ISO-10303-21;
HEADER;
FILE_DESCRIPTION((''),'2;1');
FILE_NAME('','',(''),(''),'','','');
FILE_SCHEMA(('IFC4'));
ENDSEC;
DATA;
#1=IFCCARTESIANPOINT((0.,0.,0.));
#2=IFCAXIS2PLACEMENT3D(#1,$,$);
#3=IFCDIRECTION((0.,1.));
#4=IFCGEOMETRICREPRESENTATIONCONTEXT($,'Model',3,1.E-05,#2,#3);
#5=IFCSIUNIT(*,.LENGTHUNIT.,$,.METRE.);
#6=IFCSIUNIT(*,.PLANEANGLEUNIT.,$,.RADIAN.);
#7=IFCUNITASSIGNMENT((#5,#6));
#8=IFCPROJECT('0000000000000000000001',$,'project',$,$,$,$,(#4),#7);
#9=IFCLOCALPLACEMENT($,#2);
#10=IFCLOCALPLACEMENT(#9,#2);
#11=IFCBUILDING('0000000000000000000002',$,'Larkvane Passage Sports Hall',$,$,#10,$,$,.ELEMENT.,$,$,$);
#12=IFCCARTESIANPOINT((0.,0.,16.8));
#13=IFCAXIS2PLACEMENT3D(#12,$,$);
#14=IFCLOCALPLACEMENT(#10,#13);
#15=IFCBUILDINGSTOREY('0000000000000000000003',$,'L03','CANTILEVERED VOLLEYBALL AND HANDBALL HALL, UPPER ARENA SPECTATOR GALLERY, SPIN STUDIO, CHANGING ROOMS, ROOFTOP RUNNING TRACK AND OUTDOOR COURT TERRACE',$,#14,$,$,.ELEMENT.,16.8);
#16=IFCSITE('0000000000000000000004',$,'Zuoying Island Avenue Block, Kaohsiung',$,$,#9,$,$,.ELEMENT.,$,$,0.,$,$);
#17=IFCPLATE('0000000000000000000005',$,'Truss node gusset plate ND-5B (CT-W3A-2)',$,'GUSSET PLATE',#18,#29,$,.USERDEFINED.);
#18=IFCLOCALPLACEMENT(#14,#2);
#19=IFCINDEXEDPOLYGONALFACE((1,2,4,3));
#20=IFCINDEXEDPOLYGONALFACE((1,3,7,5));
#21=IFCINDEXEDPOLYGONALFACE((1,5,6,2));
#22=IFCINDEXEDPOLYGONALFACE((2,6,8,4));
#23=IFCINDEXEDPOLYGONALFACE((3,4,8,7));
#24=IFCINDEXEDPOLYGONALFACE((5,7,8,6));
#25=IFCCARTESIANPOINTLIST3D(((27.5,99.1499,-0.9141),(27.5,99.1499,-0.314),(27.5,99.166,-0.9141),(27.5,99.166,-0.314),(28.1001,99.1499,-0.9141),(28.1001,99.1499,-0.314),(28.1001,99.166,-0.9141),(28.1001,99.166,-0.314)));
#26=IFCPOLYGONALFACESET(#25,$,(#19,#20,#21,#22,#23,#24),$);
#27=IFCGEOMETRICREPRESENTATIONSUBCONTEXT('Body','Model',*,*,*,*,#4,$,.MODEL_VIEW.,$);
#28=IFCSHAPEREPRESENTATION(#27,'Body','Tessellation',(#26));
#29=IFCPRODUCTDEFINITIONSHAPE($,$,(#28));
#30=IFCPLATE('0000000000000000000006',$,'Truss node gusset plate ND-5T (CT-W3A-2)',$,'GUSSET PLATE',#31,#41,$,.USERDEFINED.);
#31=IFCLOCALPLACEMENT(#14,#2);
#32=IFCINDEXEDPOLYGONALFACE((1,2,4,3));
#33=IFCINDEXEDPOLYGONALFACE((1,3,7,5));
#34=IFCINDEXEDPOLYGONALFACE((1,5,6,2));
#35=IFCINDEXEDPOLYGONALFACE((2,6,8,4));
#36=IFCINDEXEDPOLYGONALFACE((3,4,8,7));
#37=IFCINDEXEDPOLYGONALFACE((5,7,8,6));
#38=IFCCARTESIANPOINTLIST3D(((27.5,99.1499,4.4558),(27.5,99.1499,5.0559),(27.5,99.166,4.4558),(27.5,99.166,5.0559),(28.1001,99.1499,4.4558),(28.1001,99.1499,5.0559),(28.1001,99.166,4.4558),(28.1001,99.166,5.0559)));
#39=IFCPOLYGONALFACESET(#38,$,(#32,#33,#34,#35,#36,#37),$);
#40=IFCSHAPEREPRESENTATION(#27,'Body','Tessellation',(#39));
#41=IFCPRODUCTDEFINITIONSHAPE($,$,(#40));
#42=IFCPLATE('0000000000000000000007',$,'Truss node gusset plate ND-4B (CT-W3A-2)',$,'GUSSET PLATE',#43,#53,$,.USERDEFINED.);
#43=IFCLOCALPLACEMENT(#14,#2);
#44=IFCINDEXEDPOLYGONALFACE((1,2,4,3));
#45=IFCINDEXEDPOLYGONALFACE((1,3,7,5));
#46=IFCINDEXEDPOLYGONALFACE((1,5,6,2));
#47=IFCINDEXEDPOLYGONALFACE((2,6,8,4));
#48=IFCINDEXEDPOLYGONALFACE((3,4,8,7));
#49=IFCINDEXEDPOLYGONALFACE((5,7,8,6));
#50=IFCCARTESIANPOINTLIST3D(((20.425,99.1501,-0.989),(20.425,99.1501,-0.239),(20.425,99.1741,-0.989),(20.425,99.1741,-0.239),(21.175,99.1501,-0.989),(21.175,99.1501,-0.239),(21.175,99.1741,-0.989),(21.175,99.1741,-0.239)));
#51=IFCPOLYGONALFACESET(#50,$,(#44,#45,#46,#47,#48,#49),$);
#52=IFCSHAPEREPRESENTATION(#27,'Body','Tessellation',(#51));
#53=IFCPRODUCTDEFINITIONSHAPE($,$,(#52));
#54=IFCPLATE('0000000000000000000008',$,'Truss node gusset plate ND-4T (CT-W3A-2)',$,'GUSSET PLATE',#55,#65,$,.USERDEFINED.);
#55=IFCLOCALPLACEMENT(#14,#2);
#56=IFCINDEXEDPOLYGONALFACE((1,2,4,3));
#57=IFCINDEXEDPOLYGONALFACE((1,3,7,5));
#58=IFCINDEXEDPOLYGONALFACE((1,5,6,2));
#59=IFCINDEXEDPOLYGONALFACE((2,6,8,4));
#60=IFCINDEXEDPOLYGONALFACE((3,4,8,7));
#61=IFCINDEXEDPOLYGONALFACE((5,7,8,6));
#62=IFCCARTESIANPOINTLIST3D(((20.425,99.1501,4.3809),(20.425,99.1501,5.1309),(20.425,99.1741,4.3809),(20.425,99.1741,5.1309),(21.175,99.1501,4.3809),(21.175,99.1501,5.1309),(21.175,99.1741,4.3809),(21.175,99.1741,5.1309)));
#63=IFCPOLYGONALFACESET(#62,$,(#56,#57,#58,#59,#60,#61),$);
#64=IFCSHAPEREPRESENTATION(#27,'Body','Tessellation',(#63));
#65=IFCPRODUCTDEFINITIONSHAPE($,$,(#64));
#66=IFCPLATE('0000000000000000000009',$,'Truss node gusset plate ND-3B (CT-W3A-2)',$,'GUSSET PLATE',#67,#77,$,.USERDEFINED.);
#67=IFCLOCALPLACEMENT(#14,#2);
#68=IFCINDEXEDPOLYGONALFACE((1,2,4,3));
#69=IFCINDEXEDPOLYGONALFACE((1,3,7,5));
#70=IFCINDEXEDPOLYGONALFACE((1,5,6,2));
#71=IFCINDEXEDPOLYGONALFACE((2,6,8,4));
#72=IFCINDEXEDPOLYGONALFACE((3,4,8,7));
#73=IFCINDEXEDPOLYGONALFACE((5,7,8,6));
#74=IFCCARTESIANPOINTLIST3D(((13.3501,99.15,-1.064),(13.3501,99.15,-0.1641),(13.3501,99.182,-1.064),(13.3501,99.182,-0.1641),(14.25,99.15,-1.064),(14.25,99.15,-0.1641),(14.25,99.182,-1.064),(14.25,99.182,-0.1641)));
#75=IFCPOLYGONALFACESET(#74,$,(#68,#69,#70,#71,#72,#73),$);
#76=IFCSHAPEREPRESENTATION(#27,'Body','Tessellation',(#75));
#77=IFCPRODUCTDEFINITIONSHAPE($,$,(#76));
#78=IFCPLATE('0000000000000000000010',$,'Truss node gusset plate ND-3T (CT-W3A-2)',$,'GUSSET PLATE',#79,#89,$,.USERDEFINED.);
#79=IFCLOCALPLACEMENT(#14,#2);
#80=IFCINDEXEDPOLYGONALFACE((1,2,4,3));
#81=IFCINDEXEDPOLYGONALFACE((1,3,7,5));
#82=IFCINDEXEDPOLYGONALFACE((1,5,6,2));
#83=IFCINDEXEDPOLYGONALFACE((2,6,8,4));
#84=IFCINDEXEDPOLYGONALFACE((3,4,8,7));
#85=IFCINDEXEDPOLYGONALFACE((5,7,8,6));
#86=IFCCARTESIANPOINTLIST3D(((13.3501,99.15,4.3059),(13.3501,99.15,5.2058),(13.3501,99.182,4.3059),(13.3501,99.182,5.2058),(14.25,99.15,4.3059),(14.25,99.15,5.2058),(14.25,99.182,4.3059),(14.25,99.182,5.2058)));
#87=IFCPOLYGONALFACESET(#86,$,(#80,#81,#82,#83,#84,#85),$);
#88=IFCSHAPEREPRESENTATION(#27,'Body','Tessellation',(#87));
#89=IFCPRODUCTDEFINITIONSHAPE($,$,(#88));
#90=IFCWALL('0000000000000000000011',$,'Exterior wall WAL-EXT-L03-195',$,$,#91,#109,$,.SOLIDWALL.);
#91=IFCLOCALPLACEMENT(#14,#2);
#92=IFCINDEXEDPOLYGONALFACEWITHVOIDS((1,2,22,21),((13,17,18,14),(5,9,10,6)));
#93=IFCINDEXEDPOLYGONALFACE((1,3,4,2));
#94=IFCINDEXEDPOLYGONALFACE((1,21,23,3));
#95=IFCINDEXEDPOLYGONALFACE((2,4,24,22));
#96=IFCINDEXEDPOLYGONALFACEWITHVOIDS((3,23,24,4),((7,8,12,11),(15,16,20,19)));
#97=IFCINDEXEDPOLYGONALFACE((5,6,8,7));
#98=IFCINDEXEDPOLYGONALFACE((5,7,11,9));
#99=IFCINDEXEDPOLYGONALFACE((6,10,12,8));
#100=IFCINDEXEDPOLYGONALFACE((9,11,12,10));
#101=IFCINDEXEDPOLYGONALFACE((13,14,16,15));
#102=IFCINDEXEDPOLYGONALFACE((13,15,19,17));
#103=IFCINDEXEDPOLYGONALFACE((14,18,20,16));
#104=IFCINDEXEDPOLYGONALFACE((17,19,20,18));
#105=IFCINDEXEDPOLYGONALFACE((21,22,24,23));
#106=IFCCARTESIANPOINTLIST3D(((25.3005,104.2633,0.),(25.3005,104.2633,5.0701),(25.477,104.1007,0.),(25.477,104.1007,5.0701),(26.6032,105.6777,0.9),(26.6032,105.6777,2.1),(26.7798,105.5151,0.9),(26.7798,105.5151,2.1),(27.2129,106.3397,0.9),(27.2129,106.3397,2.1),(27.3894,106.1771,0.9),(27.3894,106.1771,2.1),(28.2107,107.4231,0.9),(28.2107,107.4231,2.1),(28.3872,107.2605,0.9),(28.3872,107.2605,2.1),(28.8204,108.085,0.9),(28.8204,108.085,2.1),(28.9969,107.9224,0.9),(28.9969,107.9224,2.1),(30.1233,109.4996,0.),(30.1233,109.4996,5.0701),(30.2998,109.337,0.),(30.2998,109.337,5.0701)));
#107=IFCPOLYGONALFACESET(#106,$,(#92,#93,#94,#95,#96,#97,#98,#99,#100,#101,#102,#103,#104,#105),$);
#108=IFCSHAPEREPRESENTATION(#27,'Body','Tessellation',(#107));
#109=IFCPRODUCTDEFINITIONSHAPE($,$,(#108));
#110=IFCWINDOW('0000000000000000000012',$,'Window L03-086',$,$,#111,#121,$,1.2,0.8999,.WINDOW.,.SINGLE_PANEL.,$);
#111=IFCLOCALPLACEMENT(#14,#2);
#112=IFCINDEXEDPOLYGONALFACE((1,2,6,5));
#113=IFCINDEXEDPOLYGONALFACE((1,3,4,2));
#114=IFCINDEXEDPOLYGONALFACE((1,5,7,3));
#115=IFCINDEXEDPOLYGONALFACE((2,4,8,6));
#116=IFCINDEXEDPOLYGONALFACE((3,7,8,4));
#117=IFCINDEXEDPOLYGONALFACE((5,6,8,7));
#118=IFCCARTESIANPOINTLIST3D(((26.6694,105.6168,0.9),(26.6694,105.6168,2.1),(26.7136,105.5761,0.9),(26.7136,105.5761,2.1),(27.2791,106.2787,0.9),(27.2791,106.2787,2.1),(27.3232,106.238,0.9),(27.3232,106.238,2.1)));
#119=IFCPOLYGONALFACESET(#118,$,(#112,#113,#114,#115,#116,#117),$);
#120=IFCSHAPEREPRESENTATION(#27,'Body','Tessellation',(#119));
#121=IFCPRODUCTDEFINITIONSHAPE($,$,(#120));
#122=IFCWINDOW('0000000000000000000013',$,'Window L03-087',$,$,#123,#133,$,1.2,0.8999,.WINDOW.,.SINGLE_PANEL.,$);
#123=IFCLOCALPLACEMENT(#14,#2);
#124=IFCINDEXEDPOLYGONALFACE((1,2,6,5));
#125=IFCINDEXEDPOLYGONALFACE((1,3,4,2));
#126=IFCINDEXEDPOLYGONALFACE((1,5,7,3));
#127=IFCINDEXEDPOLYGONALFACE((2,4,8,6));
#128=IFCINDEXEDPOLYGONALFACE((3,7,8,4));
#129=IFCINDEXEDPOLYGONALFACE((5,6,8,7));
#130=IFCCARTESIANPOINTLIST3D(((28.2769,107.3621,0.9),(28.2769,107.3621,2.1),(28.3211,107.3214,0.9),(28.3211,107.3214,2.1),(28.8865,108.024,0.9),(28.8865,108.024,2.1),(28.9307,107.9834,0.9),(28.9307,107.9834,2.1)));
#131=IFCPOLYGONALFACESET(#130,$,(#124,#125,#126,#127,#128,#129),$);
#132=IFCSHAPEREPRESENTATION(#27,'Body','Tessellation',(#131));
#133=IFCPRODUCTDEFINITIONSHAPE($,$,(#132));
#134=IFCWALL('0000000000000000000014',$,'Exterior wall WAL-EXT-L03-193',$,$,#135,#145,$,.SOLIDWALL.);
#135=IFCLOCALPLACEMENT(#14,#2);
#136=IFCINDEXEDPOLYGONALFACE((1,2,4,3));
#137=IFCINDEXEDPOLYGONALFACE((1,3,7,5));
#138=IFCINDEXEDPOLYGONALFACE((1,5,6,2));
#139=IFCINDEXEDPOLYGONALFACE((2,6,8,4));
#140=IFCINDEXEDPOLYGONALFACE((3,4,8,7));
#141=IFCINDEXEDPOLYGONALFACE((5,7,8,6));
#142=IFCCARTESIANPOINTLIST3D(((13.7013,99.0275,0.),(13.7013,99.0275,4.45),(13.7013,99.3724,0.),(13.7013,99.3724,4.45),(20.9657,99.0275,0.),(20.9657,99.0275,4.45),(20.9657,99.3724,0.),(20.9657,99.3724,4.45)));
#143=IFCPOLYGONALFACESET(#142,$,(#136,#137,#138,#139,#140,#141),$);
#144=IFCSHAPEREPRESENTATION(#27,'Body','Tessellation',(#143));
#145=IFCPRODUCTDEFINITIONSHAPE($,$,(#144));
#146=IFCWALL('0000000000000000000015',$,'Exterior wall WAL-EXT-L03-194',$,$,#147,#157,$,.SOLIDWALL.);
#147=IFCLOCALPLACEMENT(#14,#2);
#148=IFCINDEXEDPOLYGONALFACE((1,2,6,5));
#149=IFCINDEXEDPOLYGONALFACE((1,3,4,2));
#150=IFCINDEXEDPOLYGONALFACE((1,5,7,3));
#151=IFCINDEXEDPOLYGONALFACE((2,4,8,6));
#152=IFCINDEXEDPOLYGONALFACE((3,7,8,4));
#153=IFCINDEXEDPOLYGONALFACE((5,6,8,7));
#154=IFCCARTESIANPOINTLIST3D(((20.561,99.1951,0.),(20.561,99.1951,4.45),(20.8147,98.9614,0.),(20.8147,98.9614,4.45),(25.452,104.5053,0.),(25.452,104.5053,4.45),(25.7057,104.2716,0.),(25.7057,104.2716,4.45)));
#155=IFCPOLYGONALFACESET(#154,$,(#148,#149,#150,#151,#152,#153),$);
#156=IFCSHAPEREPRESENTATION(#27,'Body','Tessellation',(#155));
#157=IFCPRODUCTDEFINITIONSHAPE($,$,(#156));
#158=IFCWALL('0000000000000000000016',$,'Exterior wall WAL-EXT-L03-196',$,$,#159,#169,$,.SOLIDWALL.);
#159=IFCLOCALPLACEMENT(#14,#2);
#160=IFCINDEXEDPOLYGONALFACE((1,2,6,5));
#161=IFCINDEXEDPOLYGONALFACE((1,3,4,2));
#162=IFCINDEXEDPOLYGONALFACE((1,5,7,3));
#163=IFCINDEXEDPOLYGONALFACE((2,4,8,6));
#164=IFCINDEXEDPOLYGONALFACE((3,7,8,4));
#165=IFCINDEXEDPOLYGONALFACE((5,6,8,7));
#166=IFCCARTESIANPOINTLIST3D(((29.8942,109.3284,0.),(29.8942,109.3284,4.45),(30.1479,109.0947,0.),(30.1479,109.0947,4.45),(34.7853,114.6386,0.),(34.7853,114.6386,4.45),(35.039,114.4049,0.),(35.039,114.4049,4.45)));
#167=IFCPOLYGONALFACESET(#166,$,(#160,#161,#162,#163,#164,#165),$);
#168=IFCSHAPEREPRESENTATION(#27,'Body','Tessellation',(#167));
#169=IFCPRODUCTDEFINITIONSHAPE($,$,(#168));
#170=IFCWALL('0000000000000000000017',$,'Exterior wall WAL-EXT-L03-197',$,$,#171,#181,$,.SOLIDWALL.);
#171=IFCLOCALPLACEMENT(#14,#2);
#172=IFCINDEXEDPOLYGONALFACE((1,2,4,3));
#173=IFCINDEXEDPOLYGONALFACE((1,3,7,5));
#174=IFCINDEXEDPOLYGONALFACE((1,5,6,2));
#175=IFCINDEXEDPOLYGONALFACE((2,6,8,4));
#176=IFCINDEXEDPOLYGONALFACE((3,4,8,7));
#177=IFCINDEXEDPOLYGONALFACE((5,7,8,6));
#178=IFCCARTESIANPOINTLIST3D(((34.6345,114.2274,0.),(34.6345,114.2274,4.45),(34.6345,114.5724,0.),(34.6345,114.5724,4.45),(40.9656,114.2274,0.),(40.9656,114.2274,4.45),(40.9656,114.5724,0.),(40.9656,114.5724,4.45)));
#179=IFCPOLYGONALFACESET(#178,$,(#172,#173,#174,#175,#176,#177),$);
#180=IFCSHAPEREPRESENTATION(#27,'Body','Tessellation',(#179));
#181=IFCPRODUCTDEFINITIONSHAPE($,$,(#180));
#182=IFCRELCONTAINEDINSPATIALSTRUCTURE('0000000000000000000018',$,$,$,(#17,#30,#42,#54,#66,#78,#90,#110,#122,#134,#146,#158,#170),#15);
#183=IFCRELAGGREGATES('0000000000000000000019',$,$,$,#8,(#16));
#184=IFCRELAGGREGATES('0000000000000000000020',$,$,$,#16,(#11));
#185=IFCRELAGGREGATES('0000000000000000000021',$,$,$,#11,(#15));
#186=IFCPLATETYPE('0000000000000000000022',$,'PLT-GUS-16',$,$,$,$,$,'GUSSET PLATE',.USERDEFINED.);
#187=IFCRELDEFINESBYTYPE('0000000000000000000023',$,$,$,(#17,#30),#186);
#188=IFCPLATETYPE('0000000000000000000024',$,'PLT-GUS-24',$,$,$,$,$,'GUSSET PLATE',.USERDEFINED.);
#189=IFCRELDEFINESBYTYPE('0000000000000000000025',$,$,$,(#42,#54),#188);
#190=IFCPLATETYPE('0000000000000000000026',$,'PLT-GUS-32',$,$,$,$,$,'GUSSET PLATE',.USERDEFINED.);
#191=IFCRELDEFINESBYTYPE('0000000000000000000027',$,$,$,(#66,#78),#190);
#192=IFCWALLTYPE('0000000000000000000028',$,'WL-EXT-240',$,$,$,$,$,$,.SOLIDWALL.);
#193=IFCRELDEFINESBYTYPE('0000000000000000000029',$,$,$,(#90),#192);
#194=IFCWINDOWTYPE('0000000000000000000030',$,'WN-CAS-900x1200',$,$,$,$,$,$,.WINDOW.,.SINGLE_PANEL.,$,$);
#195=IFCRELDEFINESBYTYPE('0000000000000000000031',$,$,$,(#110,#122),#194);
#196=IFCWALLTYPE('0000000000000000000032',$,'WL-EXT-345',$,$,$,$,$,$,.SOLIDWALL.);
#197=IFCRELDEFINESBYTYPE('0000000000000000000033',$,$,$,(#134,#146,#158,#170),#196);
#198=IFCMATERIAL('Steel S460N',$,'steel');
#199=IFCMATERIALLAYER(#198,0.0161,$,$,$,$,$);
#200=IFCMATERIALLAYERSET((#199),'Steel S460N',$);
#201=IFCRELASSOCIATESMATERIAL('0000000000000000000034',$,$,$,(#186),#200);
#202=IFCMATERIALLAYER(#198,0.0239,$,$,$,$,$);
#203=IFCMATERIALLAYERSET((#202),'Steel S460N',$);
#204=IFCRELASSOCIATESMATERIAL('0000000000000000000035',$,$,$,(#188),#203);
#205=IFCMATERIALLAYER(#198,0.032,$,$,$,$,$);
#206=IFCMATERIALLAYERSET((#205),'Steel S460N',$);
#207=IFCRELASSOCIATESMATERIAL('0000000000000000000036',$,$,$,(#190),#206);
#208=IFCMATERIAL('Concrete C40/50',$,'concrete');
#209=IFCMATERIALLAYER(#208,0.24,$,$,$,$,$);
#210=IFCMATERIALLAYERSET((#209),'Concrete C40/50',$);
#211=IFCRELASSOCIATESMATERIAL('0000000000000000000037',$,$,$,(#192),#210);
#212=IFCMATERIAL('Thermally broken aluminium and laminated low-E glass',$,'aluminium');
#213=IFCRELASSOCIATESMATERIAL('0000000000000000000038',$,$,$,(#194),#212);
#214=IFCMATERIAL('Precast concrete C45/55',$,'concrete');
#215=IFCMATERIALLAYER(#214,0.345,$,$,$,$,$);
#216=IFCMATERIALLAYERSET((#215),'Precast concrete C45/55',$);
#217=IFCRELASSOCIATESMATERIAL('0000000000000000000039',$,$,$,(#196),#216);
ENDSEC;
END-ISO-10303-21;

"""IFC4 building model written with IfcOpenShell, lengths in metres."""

from ifc_helpers import new_model, si_unit, direction, frame, frame_2d, origin, origin_2d, place, context, subcontext, project, spatial, rectangle, extrude, material, layer, layer_set, type_object, element, fill, save


model = new_model("IFC4")

# Units and contexts
model_context = context("Model", 3, precision=1e-05, world=origin(), true_north=direction((0.0, 1.0)))
body_context = subcontext(model_context, "Body", "Model", "MODEL_VIEW")
ifc_project = project(units=[si_unit("LENGTHUNIT", "METRE"), si_unit("PLANEANGLEUNIT", "RADIAN")], contexts=[model_context])

# Site, building, storey
site_placement = place(None, origin())
site = spatial("IfcSite", under=ifc_project, at=site_placement, Name="Zuoying Island Avenue Block, Kaohsiung", CompositionType="ELEMENT", RefElevation=0.0)
building_placement = place(site_placement, origin())
building = spatial("IfcBuilding", under=site, at=building_placement, Name="Larkvane Passage Sports Hall", CompositionType="ELEMENT")
storey_placement = place(building_placement, frame((0.0, 0.0, 16.8)))
storey = spatial("IfcBuildingStorey", under=building, at=storey_placement, Name="L03", Description="CANTILEVERED VOLLEYBALL AND HANDBALL HALL, UPPER ARENA SPECTATOR GALLERY, SPIN STUDIO, CHANGING ROOMS, ROOFTOP RUNNING TRACK AND OUTDOOR COURT TERRACE", CompositionType="ELEMENT", Elevation=16.8)

# Shared definitions
ifc_material_1 = material(Name="Steel S460N", Category="steel")

# Plates
ifc_layer_1 = layer(ifc_material_1, 0.0161)
ifc_layer_set_1 = layer_set([ifc_layer_1], Name="Steel S460N")
plate_type_1 = type_object("IfcPlateType", Name="PLT-GUS-16", ElementType="GUSSET PLATE", PredefinedType="USERDEFINED", material=ifc_layer_set_1)
for number, where, z_axis, x_axis, name in (
    (1, (27.8, 99.158, -0.9141), (0.0, 0.0, 1.0), (1.0, 0.0, 0.0), "Truss node gusset plate ND-5B (CT-W3A-2)"),
    (2, (27.8, 99.158, 4.4558), (0.0, 0.0, 1.0), (1.0, 0.0, 0.0), "Truss node gusset plate ND-5T (CT-W3A-2)"),
):
    element("IfcPlate", number, at=place(storey_placement, frame(where, z_axis=z_axis, x_axis=x_axis)), inside=storey, type_object=plate_type_1, Name=name, ObjectType="GUSSET PLATE", PredefinedType="USERDEFINED", context=body_context, shape_type="SweptSolid", body=[
        extrude(rectangle(XDim=0.6001, YDim=0.0161, at=origin_2d()), origin(), (0.0, 0.0, 1.0), 0.6001),
    ])
ifc_layer_2 = layer(ifc_material_1, 0.0239)
ifc_layer_set_2 = layer_set([ifc_layer_2], Name="Steel S460N")
plate_type_2 = type_object("IfcPlateType", Name="PLT-GUS-24", ElementType="GUSSET PLATE", PredefinedType="USERDEFINED", material=ifc_layer_set_2)
for number, where, z_axis, x_axis, name in (
    (3, (20.8, 99.1621, -0.989), (0.0, 0.0, 1.0), (1.0, 0.0, 0.0), "Truss node gusset plate ND-4B (CT-W3A-2)"),
    (4, (20.8, 99.1621, 4.3809), (0.0, 0.0, 1.0), (1.0, 0.0, 0.0), "Truss node gusset plate ND-4T (CT-W3A-2)"),
):
    element("IfcPlate", number, at=place(storey_placement, frame(where, z_axis=z_axis, x_axis=x_axis)), inside=storey, type_object=plate_type_2, Name=name, ObjectType="GUSSET PLATE", PredefinedType="USERDEFINED", context=body_context, shape_type="SweptSolid", body=[
        extrude(rectangle(XDim=0.75, YDim=0.0239, at=origin_2d()), origin(), (0.0, 0.0, 1.0), 0.75),
    ])
ifc_layer_3 = layer(ifc_material_1, 0.032)
ifc_layer_set_3 = layer_set([ifc_layer_3], Name="Steel S460N")
plate_type_3 = type_object("IfcPlateType", Name="PLT-GUS-32", ElementType="GUSSET PLATE", PredefinedType="USERDEFINED", material=ifc_layer_set_3)
for number, where, z_axis, x_axis, name in (
    (5, (13.8, 99.166, -1.064), (0.0, 0.0, 1.0), (1.0, 0.0, 0.0), "Truss node gusset plate ND-3B (CT-W3A-2)"),
    (6, (13.8, 99.166, 4.3059), (0.0, 0.0, 1.0), (1.0, 0.0, 0.0), "Truss node gusset plate ND-3T (CT-W3A-2)"),
):
    element("IfcPlate", number, at=place(storey_placement, frame(where, z_axis=z_axis, x_axis=x_axis)), inside=storey, type_object=plate_type_3, Name=name, ObjectType="GUSSET PLATE", PredefinedType="USERDEFINED", context=body_context, shape_type="SweptSolid", body=[
        extrude(rectangle(XDim=0.8999, YDim=0.032, at=origin_2d()), origin(), (0.0, 0.0, 1.0), 0.8999),
    ])

# Wall, openings, windows
ifc_material_2 = material(Name="Concrete C40/50", Category="concrete")
ifc_layer_4 = layer(ifc_material_2, 0.24)
ifc_layer_set_4 = layer_set([ifc_layer_4], Name="Concrete C40/50")
wall_type_1 = type_object("IfcWallType", Name="WL-EXT-240", PredefinedType="SOLIDWALL", material=ifc_layer_set_4)
wall_1_placement = place(storey_placement, frame((25.3887, 104.1819, 0.0), z_axis=(0.0, 0.0, 1.0), x_axis=(0.677462, 0.735558, 0.0)))
wall_1 = element("IfcWall", 7, at=wall_1_placement, inside=storey, type_object=wall_type_1, Name="Exterior wall WAL-EXT-L03-195", PredefinedType="SOLIDWALL", context=body_context, shape_type="SweptSolid", body=[
    extrude(rectangle(XDim=7.1189, YDim=0.24, at=frame_2d((3.5596, 0.0))), origin(), (0.0, 0.0, 1.0), 5.0701),
])
opening_1_placement = place(wall_1_placement, frame((1.9231, 0.0, 0.8999)))
opening_1 = element("IfcOpeningElement", 8, at=opening_1_placement, cuts=wall_1, PredefinedType="OPENING", context=body_context, shape_type="SweptSolid", body=[
    extrude(rectangle(XDim=0.8999, YDim=1.2, at=frame_2d((0.45, 0.6001))), frame((0.0, 0.1299, 0.0), z_axis=(0.0, -1.0, 0.0), x_axis=(1.0, 0.0, 0.0)), (0.0, 0.0, 1.0), 0.26),
])
opening_2_placement = place(wall_1_placement, frame((4.2959, 0.0, 0.8999)))
opening_2 = element("IfcOpeningElement", 9, at=opening_2_placement, cuts=wall_1, PredefinedType="OPENING", context=body_context, shape_type="SweptSolid", body=[
    extrude(rectangle(XDim=0.8999, YDim=1.2, at=frame_2d((0.45, 0.6001))), frame((0.0, 0.1299, 0.0), z_axis=(0.0, -1.0, 0.0), x_axis=(1.0, 0.0, 0.0)), (0.0, 0.0, 1.0), 0.26),
])
ifc_material_3 = material(Name="Thermally broken aluminium and laminated low-E glass", Category="aluminium")
window_type = type_object("IfcWindowType", Name="WN-CAS-900x1200", PartitioningType="SINGLE_PANEL", PredefinedType="WINDOW", material=ifc_material_3)
window_1_placement = place(opening_1_placement, origin())
window_1 = element("IfcWindow", 10, at=window_1_placement, inside=storey, type_object=window_type, Name="Window L03-086", OverallHeight=1.2, OverallWidth=0.8999, PartitioningType="SINGLE_PANEL", PredefinedType="WINDOW", context=body_context, shape_type="SweptSolid", body=[
    extrude(rectangle(XDim=0.8999, YDim=1.2, at=frame_2d((0.45, 0.6001))), frame((0.0, 0.03, 0.0), z_axis=(0.0, -1.0, 0.0), x_axis=(1.0, 0.0, 0.0)), (0.0, 0.0, 1.0), 0.0601),
])
fill(opening_1, window_1)
window_2_placement = place(opening_2_placement, origin())
window_2 = element("IfcWindow", 11, at=window_2_placement, inside=storey, type_object=window_type, Name="Window L03-087", OverallHeight=1.2, OverallWidth=0.8999, PartitioningType="SINGLE_PANEL", PredefinedType="WINDOW", context=body_context, shape_type="SweptSolid", body=[
    extrude(rectangle(XDim=0.8999, YDim=1.2, at=frame_2d((0.45, 0.6001))), frame((0.0, 0.03, 0.0), z_axis=(0.0, -1.0, 0.0), x_axis=(1.0, 0.0, 0.0)), (0.0, 0.0, 1.0), 0.0601),
])
fill(opening_2, window_2)

# Walls
ifc_material_4 = material(Name="Precast concrete C45/55", Category="concrete")
ifc_layer_5 = layer(ifc_material_4, 0.345)
ifc_layer_set_5 = layer_set([ifc_layer_5], Name="Precast concrete C45/55")
wall_type_2 = type_object("IfcWallType", Name="WL-EXT-345", PredefinedType="SOLIDWALL", material=ifc_layer_set_5)
wall_2_placement = place(storey_placement, frame((13.7012, 99.2, 0.0), z_axis=(0.0, 0.0, 1.0), x_axis=(1.0, 0.0, 0.0)))
element("IfcWall", 12, at=wall_2_placement, inside=storey, type_object=wall_type_2, Name="Exterior wall WAL-EXT-L03-193", PredefinedType="SOLIDWALL", context=body_context, shape_type="SweptSolid", body=[
    extrude(rectangle(XDim=7.2644, YDim=0.345, at=frame_2d((3.6323, 0.0))), origin(), (0.0, 0.0, 1.0), 4.45),
])
for number, where, z_axis, x_axis, name in (
    (13, (20.6877, 99.0781, 0.0), (0.0, 0.0, 1.0), (0.677479, 0.735542, 0.0), "Exterior wall WAL-EXT-L03-194"),
    (14, (30.021, 109.2114, 0.0), (0.0, 0.0, 1.0), (0.677479, 0.735542, 0.0), "Exterior wall WAL-EXT-L03-196"),
):
    element("IfcWall", number, at=place(storey_placement, frame(where, z_axis=z_axis, x_axis=x_axis)), inside=storey, type_object=wall_type_2, Name=name, PredefinedType="SOLIDWALL", context=body_context, shape_type="SweptSolid", body=[
        extrude(rectangle(XDim=7.2195, YDim=0.345, at=frame_2d((3.6099, 0.0))), origin(), (0.0, 0.0, 1.0), 4.45),
    ])
wall_3_placement = place(storey_placement, frame((34.6345, 114.3999, 0.0), z_axis=(0.0, 0.0, 1.0), x_axis=(1.0, 0.0, 0.0)))
element("IfcWall", 15, at=wall_3_placement, inside=storey, type_object=wall_type_2, Name="Exterior wall WAL-EXT-L03-197", PredefinedType="SOLIDWALL", context=body_context, shape_type="SweptSolid", body=[
    extrude(rectangle(XDim=6.3311, YDim=0.345, at=frame_2d((3.1655, 0.0))), origin(), (0.0, 0.0, 1.0), 4.45),
])

save(model, "model.ifc")
